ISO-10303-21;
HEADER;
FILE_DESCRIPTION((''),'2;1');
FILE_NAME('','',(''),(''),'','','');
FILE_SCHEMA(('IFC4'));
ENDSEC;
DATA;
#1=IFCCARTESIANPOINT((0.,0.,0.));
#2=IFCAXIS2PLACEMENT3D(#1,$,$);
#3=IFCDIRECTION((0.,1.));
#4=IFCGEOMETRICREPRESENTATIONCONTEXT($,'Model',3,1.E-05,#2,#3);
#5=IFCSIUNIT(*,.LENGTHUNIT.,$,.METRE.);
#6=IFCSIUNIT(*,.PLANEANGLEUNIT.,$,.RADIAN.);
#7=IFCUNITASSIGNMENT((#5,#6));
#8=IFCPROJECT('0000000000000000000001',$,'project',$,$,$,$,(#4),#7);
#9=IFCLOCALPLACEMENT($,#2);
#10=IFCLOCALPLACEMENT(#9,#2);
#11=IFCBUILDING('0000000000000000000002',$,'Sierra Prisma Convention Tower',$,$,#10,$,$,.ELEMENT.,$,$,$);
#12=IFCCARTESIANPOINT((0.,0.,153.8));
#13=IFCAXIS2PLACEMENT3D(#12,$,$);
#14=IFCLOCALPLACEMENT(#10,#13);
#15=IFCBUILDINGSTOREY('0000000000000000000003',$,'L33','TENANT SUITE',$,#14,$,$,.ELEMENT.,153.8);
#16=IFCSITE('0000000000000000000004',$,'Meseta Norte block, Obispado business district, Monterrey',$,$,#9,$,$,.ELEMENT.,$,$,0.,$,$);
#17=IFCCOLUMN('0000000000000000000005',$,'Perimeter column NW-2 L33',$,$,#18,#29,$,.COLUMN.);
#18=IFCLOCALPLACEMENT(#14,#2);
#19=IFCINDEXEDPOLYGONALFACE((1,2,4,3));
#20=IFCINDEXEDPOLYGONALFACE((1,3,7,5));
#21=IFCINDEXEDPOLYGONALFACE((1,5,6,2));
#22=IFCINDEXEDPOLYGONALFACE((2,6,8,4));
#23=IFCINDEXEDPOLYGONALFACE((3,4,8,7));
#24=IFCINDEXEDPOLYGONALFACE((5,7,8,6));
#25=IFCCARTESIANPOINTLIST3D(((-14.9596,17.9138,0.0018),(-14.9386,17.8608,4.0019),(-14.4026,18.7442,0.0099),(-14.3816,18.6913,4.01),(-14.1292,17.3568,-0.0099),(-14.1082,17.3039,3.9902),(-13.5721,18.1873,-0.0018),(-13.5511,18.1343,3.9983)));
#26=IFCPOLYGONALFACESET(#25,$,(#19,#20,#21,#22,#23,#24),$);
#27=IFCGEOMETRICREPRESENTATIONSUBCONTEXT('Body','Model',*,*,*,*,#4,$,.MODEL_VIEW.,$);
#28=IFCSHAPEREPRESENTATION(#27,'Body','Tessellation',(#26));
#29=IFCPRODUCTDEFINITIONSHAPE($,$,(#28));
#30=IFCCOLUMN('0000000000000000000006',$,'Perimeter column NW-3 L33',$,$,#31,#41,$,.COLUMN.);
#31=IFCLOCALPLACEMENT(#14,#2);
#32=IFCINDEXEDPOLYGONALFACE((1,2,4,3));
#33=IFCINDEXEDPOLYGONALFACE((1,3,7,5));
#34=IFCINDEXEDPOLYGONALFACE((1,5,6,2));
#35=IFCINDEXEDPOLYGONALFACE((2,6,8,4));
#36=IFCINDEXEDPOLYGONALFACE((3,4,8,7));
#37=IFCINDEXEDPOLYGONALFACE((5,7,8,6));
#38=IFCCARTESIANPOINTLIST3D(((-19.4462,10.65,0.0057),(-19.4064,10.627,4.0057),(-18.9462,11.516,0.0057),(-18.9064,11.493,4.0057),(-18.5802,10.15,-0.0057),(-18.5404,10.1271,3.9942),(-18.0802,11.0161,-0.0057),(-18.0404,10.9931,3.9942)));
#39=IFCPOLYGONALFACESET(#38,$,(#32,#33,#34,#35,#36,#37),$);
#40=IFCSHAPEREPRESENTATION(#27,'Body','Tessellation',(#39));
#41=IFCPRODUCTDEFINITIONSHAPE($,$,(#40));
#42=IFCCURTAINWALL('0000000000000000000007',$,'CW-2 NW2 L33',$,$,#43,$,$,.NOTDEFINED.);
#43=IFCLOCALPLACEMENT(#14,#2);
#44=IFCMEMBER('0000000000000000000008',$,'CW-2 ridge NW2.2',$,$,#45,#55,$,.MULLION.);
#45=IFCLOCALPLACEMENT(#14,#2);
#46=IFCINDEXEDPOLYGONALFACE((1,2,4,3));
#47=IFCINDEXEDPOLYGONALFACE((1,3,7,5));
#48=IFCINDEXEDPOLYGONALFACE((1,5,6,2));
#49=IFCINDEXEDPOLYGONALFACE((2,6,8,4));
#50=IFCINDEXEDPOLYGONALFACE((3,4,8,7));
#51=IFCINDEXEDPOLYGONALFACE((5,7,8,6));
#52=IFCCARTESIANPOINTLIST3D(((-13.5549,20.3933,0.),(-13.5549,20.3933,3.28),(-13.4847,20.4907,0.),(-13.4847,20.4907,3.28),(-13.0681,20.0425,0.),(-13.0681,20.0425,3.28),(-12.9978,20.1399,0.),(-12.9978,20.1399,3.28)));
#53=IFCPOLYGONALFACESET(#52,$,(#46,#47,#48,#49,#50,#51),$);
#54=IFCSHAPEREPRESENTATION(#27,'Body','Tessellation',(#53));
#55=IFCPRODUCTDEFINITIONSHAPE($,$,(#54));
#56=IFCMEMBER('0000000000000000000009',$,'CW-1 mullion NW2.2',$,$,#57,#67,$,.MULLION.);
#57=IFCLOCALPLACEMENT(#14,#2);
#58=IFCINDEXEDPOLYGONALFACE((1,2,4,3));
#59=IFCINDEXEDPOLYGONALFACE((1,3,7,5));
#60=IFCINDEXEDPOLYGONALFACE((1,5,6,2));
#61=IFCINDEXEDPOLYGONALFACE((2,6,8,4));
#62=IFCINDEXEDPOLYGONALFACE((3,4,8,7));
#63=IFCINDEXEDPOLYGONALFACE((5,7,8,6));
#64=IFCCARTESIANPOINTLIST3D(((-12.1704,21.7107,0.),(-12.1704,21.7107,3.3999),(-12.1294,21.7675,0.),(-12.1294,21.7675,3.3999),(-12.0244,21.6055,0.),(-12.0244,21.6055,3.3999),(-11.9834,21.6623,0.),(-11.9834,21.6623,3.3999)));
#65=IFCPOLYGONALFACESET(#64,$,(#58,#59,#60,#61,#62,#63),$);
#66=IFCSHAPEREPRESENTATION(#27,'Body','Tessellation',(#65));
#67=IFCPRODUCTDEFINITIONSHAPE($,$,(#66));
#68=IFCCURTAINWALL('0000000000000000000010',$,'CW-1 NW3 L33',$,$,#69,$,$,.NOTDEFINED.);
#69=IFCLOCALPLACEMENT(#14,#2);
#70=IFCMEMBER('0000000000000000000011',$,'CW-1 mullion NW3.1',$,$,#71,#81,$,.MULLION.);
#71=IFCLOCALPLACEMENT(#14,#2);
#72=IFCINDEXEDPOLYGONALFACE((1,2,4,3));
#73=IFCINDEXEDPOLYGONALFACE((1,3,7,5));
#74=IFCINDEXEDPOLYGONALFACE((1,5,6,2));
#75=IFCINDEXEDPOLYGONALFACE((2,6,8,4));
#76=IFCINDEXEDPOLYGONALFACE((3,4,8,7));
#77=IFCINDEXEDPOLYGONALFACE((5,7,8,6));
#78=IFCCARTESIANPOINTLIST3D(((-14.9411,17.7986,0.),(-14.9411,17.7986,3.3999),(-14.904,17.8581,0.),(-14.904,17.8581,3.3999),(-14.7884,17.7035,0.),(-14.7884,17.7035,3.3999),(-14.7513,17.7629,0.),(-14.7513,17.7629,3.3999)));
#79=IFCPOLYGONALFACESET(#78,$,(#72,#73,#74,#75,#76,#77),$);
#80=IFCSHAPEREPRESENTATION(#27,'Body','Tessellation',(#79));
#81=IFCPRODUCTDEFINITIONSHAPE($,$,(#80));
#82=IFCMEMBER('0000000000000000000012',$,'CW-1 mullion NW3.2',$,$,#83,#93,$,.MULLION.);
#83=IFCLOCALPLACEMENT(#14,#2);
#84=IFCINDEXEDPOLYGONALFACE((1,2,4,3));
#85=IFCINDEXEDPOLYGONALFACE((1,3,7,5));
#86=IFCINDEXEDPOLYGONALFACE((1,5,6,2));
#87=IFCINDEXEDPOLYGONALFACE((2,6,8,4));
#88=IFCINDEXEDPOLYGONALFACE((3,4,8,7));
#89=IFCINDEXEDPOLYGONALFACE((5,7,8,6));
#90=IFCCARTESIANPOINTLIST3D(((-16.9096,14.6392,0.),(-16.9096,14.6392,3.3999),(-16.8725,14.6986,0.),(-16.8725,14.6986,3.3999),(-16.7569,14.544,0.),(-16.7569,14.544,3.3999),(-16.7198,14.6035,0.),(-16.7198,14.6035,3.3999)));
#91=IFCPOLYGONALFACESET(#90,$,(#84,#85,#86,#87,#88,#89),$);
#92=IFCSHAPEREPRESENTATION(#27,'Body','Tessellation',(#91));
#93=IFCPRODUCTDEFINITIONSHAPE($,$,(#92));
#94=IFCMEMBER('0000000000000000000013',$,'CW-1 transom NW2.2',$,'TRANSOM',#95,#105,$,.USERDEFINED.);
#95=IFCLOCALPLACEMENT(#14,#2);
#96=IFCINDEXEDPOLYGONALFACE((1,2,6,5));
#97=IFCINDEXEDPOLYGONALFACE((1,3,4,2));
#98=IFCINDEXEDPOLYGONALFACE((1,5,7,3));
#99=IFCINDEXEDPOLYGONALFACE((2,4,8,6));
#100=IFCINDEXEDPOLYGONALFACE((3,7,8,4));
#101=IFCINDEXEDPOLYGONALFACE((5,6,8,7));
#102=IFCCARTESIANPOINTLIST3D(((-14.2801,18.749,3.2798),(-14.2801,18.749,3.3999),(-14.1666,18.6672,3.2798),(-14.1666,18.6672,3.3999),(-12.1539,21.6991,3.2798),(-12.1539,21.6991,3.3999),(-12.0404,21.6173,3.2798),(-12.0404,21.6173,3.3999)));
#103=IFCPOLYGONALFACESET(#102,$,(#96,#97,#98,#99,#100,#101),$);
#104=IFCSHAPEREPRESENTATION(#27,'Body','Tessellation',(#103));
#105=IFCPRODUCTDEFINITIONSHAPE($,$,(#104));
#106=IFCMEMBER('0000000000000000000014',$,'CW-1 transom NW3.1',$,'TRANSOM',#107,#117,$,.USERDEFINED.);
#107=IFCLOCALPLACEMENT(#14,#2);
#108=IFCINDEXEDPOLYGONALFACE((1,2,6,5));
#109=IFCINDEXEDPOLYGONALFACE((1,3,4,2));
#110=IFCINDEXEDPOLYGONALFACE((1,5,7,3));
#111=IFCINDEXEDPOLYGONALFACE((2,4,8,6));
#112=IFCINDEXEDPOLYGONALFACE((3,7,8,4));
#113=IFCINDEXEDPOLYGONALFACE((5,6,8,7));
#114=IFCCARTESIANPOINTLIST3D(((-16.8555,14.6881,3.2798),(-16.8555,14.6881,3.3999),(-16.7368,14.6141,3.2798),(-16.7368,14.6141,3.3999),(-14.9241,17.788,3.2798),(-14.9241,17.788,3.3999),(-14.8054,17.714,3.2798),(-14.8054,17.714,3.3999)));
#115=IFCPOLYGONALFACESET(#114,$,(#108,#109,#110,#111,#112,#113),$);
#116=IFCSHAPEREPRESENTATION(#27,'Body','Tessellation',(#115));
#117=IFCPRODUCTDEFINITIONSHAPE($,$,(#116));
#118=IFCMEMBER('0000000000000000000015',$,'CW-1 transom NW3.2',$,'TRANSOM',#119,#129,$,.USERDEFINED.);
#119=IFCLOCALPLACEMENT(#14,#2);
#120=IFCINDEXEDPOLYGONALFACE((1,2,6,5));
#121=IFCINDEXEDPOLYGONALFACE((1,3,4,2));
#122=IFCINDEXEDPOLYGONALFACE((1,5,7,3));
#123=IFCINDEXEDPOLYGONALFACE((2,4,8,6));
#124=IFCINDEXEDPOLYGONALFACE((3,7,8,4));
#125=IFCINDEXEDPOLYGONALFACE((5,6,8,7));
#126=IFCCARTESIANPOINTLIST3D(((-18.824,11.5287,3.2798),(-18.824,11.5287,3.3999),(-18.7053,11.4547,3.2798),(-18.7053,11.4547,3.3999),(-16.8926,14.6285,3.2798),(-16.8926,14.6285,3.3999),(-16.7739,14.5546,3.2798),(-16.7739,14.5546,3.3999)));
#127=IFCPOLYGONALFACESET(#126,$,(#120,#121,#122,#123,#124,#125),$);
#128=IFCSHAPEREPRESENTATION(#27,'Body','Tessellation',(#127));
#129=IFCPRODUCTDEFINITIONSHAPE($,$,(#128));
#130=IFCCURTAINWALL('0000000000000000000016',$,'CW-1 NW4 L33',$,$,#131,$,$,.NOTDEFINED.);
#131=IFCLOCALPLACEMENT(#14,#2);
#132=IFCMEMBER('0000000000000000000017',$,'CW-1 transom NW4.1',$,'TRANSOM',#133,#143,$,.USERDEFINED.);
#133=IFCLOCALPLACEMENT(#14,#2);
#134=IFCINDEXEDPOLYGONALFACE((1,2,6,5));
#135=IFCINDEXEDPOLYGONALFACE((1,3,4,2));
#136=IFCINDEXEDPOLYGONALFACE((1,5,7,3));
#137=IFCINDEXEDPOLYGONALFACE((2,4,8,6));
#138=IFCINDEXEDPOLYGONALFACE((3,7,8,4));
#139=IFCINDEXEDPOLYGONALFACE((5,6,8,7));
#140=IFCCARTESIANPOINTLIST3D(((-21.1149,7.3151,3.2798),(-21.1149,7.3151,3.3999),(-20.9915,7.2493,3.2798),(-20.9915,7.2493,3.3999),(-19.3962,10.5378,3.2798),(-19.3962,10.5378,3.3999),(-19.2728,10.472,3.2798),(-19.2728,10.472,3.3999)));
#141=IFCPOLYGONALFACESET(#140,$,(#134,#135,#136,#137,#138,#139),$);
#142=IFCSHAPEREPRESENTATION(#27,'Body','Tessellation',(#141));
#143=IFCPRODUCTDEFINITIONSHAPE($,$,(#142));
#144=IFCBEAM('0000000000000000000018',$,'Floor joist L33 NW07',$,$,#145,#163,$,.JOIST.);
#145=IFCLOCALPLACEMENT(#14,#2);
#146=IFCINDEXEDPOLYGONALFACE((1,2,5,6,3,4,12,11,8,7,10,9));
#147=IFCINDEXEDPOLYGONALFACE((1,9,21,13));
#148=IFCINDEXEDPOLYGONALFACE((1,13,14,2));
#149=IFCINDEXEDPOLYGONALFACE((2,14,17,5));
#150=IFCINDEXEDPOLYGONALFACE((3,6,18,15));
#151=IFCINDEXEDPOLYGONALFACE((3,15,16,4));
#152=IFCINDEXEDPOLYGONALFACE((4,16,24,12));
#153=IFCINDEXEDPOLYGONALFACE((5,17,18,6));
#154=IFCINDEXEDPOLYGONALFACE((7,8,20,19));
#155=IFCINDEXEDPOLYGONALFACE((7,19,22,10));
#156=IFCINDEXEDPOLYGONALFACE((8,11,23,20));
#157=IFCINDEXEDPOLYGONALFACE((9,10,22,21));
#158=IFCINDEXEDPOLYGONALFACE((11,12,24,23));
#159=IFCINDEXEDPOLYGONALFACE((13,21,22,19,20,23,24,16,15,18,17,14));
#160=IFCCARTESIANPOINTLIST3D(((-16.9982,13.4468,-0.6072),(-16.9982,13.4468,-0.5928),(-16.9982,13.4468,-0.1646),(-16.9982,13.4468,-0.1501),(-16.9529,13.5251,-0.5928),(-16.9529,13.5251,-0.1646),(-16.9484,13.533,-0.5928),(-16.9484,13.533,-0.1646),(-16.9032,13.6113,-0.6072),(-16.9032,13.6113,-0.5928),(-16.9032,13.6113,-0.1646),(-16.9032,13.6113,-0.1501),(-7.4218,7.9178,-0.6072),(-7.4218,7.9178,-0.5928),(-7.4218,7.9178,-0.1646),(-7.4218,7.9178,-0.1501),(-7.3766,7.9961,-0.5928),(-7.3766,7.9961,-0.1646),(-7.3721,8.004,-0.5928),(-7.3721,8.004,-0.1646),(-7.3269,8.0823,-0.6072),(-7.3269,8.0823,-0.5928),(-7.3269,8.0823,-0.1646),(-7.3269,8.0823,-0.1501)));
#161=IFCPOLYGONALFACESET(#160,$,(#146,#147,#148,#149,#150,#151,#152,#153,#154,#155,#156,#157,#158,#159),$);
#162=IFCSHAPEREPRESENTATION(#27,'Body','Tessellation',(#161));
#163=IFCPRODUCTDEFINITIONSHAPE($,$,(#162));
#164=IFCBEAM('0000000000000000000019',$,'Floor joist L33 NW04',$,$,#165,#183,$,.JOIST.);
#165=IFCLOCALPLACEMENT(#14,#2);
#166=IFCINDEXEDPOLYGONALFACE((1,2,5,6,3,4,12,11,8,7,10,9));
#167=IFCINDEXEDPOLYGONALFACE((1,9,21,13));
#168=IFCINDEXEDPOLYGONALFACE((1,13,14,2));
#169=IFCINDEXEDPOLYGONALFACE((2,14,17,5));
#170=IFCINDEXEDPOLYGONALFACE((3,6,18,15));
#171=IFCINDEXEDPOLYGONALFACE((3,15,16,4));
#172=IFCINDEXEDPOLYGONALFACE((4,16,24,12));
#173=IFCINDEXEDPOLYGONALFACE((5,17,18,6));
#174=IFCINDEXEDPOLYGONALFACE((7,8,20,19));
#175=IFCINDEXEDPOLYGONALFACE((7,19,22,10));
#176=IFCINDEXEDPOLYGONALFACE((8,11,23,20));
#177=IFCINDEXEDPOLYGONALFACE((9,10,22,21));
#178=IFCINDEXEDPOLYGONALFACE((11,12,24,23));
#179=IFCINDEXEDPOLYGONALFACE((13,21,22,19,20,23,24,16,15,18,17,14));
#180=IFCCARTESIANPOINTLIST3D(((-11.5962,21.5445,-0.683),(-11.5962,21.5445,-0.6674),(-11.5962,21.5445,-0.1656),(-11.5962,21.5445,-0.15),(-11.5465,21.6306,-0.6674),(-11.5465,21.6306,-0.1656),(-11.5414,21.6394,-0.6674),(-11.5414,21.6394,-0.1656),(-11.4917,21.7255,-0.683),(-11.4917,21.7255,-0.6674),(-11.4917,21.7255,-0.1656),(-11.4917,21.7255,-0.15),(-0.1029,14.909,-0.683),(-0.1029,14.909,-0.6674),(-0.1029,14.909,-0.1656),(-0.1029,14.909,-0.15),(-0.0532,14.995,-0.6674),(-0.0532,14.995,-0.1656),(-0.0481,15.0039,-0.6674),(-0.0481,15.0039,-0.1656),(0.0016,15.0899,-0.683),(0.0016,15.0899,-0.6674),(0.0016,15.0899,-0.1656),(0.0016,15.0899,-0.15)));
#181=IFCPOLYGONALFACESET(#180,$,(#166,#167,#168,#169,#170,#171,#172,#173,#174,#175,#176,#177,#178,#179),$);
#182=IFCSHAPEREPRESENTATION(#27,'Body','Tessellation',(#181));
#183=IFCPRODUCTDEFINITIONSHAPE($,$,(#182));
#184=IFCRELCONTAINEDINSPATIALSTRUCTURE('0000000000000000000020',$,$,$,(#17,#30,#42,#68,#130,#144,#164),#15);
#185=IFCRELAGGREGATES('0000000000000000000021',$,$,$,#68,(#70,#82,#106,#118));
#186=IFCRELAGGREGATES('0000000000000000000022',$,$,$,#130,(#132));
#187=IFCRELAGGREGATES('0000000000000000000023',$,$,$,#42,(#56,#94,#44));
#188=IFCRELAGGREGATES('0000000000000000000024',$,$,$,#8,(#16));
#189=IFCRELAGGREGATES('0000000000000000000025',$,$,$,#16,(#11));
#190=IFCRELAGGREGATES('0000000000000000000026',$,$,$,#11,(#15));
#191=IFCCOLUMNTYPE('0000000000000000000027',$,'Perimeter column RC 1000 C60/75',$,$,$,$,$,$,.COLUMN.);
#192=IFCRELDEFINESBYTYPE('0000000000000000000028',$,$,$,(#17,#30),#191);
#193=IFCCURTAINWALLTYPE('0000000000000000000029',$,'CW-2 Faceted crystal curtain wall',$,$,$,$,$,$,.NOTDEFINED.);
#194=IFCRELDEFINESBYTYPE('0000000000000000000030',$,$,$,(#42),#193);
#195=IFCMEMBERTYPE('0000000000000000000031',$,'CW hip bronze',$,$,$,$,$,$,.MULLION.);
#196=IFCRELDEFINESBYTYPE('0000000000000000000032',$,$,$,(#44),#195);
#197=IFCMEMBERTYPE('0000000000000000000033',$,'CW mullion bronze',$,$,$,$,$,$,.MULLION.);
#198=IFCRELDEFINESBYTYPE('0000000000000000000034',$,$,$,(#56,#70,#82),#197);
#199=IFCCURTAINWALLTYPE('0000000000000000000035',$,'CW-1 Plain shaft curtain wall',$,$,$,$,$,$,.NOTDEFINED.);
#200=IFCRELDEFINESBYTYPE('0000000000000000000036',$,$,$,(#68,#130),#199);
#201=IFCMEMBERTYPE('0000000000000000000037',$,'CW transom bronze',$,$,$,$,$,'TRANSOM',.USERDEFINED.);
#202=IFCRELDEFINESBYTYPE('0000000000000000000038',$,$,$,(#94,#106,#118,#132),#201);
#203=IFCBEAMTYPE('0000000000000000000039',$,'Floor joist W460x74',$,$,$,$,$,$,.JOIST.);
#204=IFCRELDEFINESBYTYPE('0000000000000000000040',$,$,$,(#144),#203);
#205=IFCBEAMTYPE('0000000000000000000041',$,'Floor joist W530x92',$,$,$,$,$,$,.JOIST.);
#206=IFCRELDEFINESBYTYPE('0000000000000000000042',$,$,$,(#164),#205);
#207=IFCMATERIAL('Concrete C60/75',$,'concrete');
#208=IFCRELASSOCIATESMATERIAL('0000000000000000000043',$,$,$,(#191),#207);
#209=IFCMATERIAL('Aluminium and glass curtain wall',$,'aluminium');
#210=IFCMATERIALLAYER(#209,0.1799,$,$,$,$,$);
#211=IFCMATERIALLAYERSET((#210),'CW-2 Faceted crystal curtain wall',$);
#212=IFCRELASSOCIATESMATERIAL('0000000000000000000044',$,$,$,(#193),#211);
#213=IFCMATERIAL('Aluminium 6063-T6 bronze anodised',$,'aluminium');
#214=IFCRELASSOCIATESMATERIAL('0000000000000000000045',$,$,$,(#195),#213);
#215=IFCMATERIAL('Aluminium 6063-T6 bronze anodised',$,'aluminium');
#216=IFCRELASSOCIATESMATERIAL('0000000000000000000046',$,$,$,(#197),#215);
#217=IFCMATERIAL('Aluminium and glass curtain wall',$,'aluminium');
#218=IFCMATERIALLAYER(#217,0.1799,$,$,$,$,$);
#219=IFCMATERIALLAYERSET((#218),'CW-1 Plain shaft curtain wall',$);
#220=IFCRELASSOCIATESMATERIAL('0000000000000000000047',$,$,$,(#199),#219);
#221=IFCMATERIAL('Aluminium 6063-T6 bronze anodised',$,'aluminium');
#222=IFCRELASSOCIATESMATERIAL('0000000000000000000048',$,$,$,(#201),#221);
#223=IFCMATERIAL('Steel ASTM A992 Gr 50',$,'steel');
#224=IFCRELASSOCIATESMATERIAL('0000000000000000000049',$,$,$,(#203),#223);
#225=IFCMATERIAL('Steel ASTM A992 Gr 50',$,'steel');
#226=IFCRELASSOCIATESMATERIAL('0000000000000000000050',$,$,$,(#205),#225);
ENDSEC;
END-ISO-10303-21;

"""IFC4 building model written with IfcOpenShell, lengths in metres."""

from ifc_helpers import new_model, si_unit, direction, frame, origin, origin_2d, place, context, subcontext, project, spatial, rectangle, i_section, extrude, material, layer, layer_set, material_profile, profile_set, type_object, element, aggregate, save


model = new_model("IFC4")

# Units and contexts
model_context = context("Model", 3, precision=1e-05, world=origin(), true_north=direction((0.0, 1.0)))
body_context = subcontext(model_context, "Body", "Model", "MODEL_VIEW")
ifc_project = project(units=[si_unit("LENGTHUNIT", "METRE"), si_unit("PLANEANGLEUNIT", "RADIAN")], contexts=[model_context])

# Site, building, storey
site_placement = place(None, origin())
site = spatial("IfcSite", under=ifc_project, at=site_placement, Name="Meseta Norte block, Obispado business district, Monterrey", CompositionType="ELEMENT", RefElevation=0.0)
building_placement = place(site_placement, origin())
building = spatial("IfcBuilding", under=site, at=building_placement, Name="Sierra Prisma Convention Tower", CompositionType="ELEMENT")
storey_placement = place(building_placement, frame((0.0, 0.0, 153.8)))
storey = spatial("IfcBuildingStorey", under=building, at=storey_placement, Name="L33", Description="TENANT SUITE", CompositionType="ELEMENT", Elevation=153.8)

# Columns
ifc_material_1 = material(Name="Concrete C60/75", Category="concrete")
ifc_material_profile_1 = material_profile(ifc_material_1, rectangle(XDim=1.0, YDim=1.0, at=origin_2d()), Name="Perimeter column RC 1000 C60/75")
ifc_profile_set_1 = profile_set([ifc_material_profile_1], Name="Concrete C60/75")
column_type = type_object("IfcColumnType", Name="Perimeter column RC 1000 C60/75", PredefinedType="COLUMN", material=ifc_profile_set_1)
column_1_placement = place(storey_placement, frame((-14.2659, 18.0505, 0.0), z_axis=(0.005248, -0.013243, 0.999899), x_axis=(0.557043, 0.830444, 0.008075)))
element("IfcColumn", 1, at=column_1_placement, inside=storey, type_object=column_type, Name="Perimeter column NW-2 L33", PredefinedType="COLUMN", context=body_context, shape_type="SweptSolid", body=[
    extrude(rectangle(XDim=1.0, YDim=1.0, at=origin_2d()), origin(), (0.0, 0.0, 1.0), 4.0005),
])
column_2_placement = place(storey_placement, frame((-18.7632, 10.833, 0.0), z_axis=(0.009948, -0.005737, 0.999934), x_axis=(0.499975, 0.86604, -0.000005)))
element("IfcColumn", 2, at=column_2_placement, inside=storey, type_object=column_type, Name="Perimeter column NW-3 L33", PredefinedType="COLUMN", context=body_context, shape_type="SweptSolid", body=[
    extrude(rectangle(XDim=1.0, YDim=1.0, at=origin_2d()), origin(), (0.0, 0.0, 1.0), 4.0002),
])

# Curtain walls, members
ifc_material_2 = material(Name="Aluminium and glass curtain wall", Category="aluminium")
ifc_layer_1 = layer(ifc_material_2, 0.1799)
ifc_layer_set_1 = layer_set([ifc_layer_1], Name="CW-2 Faceted crystal curtain wall")
curtain_wall_type_1 = type_object("IfcCurtainWallType", Name="CW-2 Faceted crystal curtain wall", PredefinedType="NOTDEFINED", material=ifc_layer_set_1)
curtain_wall_1_placement = place(storey_placement, origin())
curtain_wall_1 = element("IfcCurtainWall", 3, at=curtain_wall_1_placement, inside=storey, type_object=curtain_wall_type_1, Name="CW-2 NW2 L33", PredefinedType="NOTDEFINED")
ifc_material_3 = material(Name="Aluminium 6063-T6 bronze anodised", Category="aluminium")
ifc_material_profile_2 = material_profile(ifc_material_3, rectangle(XDim=0.1201, YDim=0.6001, at=origin_2d()), Name="ALU RIDGE BLADE 120x600")
ifc_profile_set_2 = profile_set([ifc_material_profile_2], Name="Aluminium 6063-T6 bronze anodised")
member_type_1 = type_object("IfcMemberType", Name="CW hip bronze", PredefinedType="MULLION", material=ifc_profile_set_2)
member_1_placement = place(storey_placement, frame((-13.2764, 20.2666, 0.0), z_axis=(0.0, 0.0, 1.0), x_axis=(-0.584648, -0.811287, 0.0)))
member_1 = element("IfcMember", 4, at=member_1_placement, type_object=member_type_1, Name="CW-2 ridge NW2.2", PredefinedType="MULLION", context=body_context, shape_type="SweptSolid", body=[
    extrude(rectangle(XDim=0.1201, YDim=0.6001, at=origin_2d()), origin(), (0.0, 0.0, 1.0), 3.28),
])
ifc_material_4 = material(Name="Aluminium 6063-T6 bronze anodised", Category="aluminium")
ifc_material_profile_3 = material_profile(ifc_material_4, rectangle(XDim=0.1799, YDim=0.0701, at=origin_2d()), Name="ALU MULLION 70x180")
ifc_profile_set_3 = profile_set([ifc_material_profile_3], Name="Aluminium 6063-T6 bronze anodised")
member_type_2 = type_object("IfcMemberType", Name="CW mullion bronze", PredefinedType="MULLION", material=ifc_profile_set_3)
member_2_placement = place(storey_placement, frame((-12.0769, 21.6865, 0.0), z_axis=(0.0, 0.0, 1.0), x_axis=(0.811287, -0.584648, 0.0)))
member_2 = element("IfcMember", 5, at=member_2_placement, type_object=member_type_2, Name="CW-1 mullion NW2.2", PredefinedType="MULLION", context=body_context, shape_type="SweptSolid", body=[
    extrude(rectangle(XDim=0.1799, YDim=0.0701, at=origin_2d()), origin(), (0.0, 0.0, 1.0), 3.3999),
])
ifc_material_5 = material(Name="Aluminium and glass curtain wall", Category="aluminium")
ifc_layer_2 = layer(ifc_material_5, 0.1799)
ifc_layer_set_2 = layer_set([ifc_layer_2], Name="CW-1 Plain shaft curtain wall")
curtain_wall_type_2 = type_object("IfcCurtainWallType", Name="CW-1 Plain shaft curtain wall", PredefinedType="NOTDEFINED", material=ifc_layer_set_2)
curtain_wall_2_placement = place(storey_placement, origin())
curtain_wall_2 = element("IfcCurtainWall", 6, at=curtain_wall_2_placement, inside=storey, type_object=curtain_wall_type_2, Name="CW-1 NW3 L33", PredefinedType="NOTDEFINED")
member_3_placement = place(storey_placement, frame((-14.8462, 17.7808, 0.0), z_axis=(0.0, 0.0, 1.0), x_axis=(0.848731, -0.528824, 0.0)))
member_3 = element("IfcMember", 7, at=member_3_placement, type_object=member_type_2, Name="CW-1 mullion NW3.1", PredefinedType="MULLION", context=body_context, shape_type="SweptSolid", body=[
    extrude(rectangle(XDim=0.1799, YDim=0.0701, at=origin_2d()), origin(), (0.0, 0.0, 1.0), 3.3999),
])
member_4_placement = place(storey_placement, frame((-16.8147, 14.6213, 0.0), z_axis=(0.0, 0.0, 1.0), x_axis=(0.848731, -0.528824, 0.0)))
member_4 = element("IfcMember", 8, at=member_4_placement, type_object=member_type_2, Name="CW-1 mullion NW3.2", PredefinedType="MULLION", context=body_context, shape_type="SweptSolid", body=[
    extrude(rectangle(XDim=0.1799, YDim=0.0701, at=origin_2d()), origin(), (0.0, 0.0, 1.0), 3.3999),
])

# Members
ifc_material_6 = material(Name="Aluminium 6063-T6 bronze anodised", Category="aluminium")
ifc_material_profile_4 = material_profile(ifc_material_6, rectangle(XDim=0.1399, YDim=0.1201, at=origin_2d()), Name="ALU TRANSOM 120x140")
ifc_profile_set_4 = profile_set([ifc_material_profile_4], Name="Aluminium 6063-T6 bronze anodised")
member_type_3 = type_object("IfcMemberType", Name="CW transom bronze", ElementType="TRANSOM", PredefinedType="USERDEFINED", material=ifc_profile_set_4)
member_5_placement = place(storey_placement, frame((-12.0972, 21.6582, 3.3398), z_axis=(-0.584681, -0.811263, 0.0), x_axis=(0.811263, -0.584681, 0.0)))
member_5 = element("IfcMember", 9, at=member_5_placement, type_object=member_type_3, Name="CW-1 transom NW2.2", ObjectType="TRANSOM", PredefinedType="USERDEFINED", context=body_context, shape_type="SweptSolid", body=[
    extrude(rectangle(XDim=0.1399, YDim=0.1201, at=origin_2d()), origin(), (0.0, 0.0, 1.0), 3.6365),
])
member_6_placement = place(storey_placement, frame((-14.8647, 17.751, 3.3398), z_axis=(-0.528815, -0.848737, 0.0), x_axis=(0.848737, -0.528815, 0.0)))
member_6 = element("IfcMember", 10, at=member_6_placement, type_object=member_type_3, Name="CW-1 transom NW3.1", ObjectType="TRANSOM", PredefinedType="USERDEFINED", context=body_context, shape_type="SweptSolid", body=[
    extrude(rectangle(XDim=0.1399, YDim=0.1201, at=origin_2d()), origin(), (0.0, 0.0, 1.0), 3.6523),
])
member_7_placement = place(storey_placement, frame((-16.8333, 14.5916, 3.3398), z_axis=(-0.528815, -0.848737, 0.0), x_axis=(0.848737, -0.528815, 0.0)))
member_7 = element("IfcMember", 11, at=member_7_placement, type_object=member_type_3, Name="CW-1 transom NW3.2", ObjectType="TRANSOM", PredefinedType="USERDEFINED", context=body_context, shape_type="SweptSolid", body=[
    extrude(rectangle(XDim=0.1399, YDim=0.1201, at=origin_2d()), origin(), (0.0, 0.0, 1.0), 3.6523),
])

# Curtain wall, member
curtain_wall_3_placement = place(storey_placement, origin())
curtain_wall_3 = element("IfcCurtainWall", 12, at=curtain_wall_3_placement, inside=storey, type_object=curtain_wall_type_2, Name="CW-1 NW4 L33", PredefinedType="NOTDEFINED")
member_8_placement = place(storey_placement, frame((-19.3345, 10.5049, 3.3398), z_axis=(-0.470588, -0.882353, 0.0), x_axis=(0.882353, -0.470588, 0.0)))
member_8 = element("IfcMember", 13, at=member_8_placement, type_object=member_type_3, Name="CW-1 transom NW4.1", ObjectType="TRANSOM", PredefinedType="USERDEFINED", context=body_context, shape_type="SweptSolid", body=[
    extrude(rectangle(XDim=0.1399, YDim=0.1201, at=origin_2d()), origin(), (0.0, 0.0, 1.0), 3.6523),
])

# Beams
ifc_material_7 = material(Name="Steel ASTM A992 Gr 50", Category="steel")
ifc_material_profile_5 = material_profile(ifc_material_7, i_section(OverallWidth=0.1899, OverallDepth=0.457, WebThickness=0.009, FlangeThickness=0.0144, at=origin_2d()), Name="W460x74")
ifc_profile_set_5 = profile_set([ifc_material_profile_5], Name="Steel ASTM A992 Gr 50")
beam_type_1 = type_object("IfcBeamType", Name="Floor joist W460x74", PredefinedType="JOIST", material=ifc_profile_set_5)
beam_1_placement = place(storey_placement, frame((-16.9507, 13.5291, -0.3787), z_axis=(0.866021, -0.500007, 0.0), x_axis=(0.500007, 0.866021, 0.0)))
element("IfcBeam", 14, at=beam_1_placement, inside=storey, type_object=beam_type_1, Name="Floor joist L33 NW07", PredefinedType="JOIST", context=body_context, shape_type="SweptSolid", body=[
    extrude(i_section(OverallWidth=0.1899, OverallDepth=0.457, WebThickness=0.009, FlangeThickness=0.0144, at=origin_2d()), origin(), (0.0, 0.0, 1.0), 11.0579),
])
ifc_material_8 = material(Name="Steel ASTM A992 Gr 50", Category="steel")
ifc_material_profile_6 = material_profile(ifc_material_8, i_section(OverallWidth=0.209, OverallDepth=0.533, WebThickness=0.0103, FlangeThickness=0.0156, at=origin_2d()), Name="W530x92")
ifc_profile_set_6 = profile_set([ifc_material_profile_6], Name="Steel ASTM A992 Gr 50")
beam_type_2 = type_object("IfcBeamType", Name="Floor joist W530x92", PredefinedType="JOIST", material=ifc_profile_set_6)
beam_2_placement = place(storey_placement, frame((-11.5439, 21.635, -0.4165), z_axis=(0.866028, -0.499995, 0.0), x_axis=(0.499995, 0.866028, 0.0)))
element("IfcBeam", 15, at=beam_2_placement, inside=storey, type_object=beam_type_2, Name="Floor joist L33 NW04", PredefinedType="JOIST", context=body_context, shape_type="SweptSolid", body=[
    extrude(i_section(OverallWidth=0.209, OverallDepth=0.533, WebThickness=0.0103, FlangeThickness=0.0156, at=origin_2d()), origin(), (0.0, 0.0, 1.0), 13.2712),
])

aggregate(curtain_wall_2, [member_3, member_4, member_6, member_7])
aggregate(curtain_wall_3, [member_8])
aggregate(curtain_wall_1, [member_2, member_5, member_1])

save(model, "model.ifc")
